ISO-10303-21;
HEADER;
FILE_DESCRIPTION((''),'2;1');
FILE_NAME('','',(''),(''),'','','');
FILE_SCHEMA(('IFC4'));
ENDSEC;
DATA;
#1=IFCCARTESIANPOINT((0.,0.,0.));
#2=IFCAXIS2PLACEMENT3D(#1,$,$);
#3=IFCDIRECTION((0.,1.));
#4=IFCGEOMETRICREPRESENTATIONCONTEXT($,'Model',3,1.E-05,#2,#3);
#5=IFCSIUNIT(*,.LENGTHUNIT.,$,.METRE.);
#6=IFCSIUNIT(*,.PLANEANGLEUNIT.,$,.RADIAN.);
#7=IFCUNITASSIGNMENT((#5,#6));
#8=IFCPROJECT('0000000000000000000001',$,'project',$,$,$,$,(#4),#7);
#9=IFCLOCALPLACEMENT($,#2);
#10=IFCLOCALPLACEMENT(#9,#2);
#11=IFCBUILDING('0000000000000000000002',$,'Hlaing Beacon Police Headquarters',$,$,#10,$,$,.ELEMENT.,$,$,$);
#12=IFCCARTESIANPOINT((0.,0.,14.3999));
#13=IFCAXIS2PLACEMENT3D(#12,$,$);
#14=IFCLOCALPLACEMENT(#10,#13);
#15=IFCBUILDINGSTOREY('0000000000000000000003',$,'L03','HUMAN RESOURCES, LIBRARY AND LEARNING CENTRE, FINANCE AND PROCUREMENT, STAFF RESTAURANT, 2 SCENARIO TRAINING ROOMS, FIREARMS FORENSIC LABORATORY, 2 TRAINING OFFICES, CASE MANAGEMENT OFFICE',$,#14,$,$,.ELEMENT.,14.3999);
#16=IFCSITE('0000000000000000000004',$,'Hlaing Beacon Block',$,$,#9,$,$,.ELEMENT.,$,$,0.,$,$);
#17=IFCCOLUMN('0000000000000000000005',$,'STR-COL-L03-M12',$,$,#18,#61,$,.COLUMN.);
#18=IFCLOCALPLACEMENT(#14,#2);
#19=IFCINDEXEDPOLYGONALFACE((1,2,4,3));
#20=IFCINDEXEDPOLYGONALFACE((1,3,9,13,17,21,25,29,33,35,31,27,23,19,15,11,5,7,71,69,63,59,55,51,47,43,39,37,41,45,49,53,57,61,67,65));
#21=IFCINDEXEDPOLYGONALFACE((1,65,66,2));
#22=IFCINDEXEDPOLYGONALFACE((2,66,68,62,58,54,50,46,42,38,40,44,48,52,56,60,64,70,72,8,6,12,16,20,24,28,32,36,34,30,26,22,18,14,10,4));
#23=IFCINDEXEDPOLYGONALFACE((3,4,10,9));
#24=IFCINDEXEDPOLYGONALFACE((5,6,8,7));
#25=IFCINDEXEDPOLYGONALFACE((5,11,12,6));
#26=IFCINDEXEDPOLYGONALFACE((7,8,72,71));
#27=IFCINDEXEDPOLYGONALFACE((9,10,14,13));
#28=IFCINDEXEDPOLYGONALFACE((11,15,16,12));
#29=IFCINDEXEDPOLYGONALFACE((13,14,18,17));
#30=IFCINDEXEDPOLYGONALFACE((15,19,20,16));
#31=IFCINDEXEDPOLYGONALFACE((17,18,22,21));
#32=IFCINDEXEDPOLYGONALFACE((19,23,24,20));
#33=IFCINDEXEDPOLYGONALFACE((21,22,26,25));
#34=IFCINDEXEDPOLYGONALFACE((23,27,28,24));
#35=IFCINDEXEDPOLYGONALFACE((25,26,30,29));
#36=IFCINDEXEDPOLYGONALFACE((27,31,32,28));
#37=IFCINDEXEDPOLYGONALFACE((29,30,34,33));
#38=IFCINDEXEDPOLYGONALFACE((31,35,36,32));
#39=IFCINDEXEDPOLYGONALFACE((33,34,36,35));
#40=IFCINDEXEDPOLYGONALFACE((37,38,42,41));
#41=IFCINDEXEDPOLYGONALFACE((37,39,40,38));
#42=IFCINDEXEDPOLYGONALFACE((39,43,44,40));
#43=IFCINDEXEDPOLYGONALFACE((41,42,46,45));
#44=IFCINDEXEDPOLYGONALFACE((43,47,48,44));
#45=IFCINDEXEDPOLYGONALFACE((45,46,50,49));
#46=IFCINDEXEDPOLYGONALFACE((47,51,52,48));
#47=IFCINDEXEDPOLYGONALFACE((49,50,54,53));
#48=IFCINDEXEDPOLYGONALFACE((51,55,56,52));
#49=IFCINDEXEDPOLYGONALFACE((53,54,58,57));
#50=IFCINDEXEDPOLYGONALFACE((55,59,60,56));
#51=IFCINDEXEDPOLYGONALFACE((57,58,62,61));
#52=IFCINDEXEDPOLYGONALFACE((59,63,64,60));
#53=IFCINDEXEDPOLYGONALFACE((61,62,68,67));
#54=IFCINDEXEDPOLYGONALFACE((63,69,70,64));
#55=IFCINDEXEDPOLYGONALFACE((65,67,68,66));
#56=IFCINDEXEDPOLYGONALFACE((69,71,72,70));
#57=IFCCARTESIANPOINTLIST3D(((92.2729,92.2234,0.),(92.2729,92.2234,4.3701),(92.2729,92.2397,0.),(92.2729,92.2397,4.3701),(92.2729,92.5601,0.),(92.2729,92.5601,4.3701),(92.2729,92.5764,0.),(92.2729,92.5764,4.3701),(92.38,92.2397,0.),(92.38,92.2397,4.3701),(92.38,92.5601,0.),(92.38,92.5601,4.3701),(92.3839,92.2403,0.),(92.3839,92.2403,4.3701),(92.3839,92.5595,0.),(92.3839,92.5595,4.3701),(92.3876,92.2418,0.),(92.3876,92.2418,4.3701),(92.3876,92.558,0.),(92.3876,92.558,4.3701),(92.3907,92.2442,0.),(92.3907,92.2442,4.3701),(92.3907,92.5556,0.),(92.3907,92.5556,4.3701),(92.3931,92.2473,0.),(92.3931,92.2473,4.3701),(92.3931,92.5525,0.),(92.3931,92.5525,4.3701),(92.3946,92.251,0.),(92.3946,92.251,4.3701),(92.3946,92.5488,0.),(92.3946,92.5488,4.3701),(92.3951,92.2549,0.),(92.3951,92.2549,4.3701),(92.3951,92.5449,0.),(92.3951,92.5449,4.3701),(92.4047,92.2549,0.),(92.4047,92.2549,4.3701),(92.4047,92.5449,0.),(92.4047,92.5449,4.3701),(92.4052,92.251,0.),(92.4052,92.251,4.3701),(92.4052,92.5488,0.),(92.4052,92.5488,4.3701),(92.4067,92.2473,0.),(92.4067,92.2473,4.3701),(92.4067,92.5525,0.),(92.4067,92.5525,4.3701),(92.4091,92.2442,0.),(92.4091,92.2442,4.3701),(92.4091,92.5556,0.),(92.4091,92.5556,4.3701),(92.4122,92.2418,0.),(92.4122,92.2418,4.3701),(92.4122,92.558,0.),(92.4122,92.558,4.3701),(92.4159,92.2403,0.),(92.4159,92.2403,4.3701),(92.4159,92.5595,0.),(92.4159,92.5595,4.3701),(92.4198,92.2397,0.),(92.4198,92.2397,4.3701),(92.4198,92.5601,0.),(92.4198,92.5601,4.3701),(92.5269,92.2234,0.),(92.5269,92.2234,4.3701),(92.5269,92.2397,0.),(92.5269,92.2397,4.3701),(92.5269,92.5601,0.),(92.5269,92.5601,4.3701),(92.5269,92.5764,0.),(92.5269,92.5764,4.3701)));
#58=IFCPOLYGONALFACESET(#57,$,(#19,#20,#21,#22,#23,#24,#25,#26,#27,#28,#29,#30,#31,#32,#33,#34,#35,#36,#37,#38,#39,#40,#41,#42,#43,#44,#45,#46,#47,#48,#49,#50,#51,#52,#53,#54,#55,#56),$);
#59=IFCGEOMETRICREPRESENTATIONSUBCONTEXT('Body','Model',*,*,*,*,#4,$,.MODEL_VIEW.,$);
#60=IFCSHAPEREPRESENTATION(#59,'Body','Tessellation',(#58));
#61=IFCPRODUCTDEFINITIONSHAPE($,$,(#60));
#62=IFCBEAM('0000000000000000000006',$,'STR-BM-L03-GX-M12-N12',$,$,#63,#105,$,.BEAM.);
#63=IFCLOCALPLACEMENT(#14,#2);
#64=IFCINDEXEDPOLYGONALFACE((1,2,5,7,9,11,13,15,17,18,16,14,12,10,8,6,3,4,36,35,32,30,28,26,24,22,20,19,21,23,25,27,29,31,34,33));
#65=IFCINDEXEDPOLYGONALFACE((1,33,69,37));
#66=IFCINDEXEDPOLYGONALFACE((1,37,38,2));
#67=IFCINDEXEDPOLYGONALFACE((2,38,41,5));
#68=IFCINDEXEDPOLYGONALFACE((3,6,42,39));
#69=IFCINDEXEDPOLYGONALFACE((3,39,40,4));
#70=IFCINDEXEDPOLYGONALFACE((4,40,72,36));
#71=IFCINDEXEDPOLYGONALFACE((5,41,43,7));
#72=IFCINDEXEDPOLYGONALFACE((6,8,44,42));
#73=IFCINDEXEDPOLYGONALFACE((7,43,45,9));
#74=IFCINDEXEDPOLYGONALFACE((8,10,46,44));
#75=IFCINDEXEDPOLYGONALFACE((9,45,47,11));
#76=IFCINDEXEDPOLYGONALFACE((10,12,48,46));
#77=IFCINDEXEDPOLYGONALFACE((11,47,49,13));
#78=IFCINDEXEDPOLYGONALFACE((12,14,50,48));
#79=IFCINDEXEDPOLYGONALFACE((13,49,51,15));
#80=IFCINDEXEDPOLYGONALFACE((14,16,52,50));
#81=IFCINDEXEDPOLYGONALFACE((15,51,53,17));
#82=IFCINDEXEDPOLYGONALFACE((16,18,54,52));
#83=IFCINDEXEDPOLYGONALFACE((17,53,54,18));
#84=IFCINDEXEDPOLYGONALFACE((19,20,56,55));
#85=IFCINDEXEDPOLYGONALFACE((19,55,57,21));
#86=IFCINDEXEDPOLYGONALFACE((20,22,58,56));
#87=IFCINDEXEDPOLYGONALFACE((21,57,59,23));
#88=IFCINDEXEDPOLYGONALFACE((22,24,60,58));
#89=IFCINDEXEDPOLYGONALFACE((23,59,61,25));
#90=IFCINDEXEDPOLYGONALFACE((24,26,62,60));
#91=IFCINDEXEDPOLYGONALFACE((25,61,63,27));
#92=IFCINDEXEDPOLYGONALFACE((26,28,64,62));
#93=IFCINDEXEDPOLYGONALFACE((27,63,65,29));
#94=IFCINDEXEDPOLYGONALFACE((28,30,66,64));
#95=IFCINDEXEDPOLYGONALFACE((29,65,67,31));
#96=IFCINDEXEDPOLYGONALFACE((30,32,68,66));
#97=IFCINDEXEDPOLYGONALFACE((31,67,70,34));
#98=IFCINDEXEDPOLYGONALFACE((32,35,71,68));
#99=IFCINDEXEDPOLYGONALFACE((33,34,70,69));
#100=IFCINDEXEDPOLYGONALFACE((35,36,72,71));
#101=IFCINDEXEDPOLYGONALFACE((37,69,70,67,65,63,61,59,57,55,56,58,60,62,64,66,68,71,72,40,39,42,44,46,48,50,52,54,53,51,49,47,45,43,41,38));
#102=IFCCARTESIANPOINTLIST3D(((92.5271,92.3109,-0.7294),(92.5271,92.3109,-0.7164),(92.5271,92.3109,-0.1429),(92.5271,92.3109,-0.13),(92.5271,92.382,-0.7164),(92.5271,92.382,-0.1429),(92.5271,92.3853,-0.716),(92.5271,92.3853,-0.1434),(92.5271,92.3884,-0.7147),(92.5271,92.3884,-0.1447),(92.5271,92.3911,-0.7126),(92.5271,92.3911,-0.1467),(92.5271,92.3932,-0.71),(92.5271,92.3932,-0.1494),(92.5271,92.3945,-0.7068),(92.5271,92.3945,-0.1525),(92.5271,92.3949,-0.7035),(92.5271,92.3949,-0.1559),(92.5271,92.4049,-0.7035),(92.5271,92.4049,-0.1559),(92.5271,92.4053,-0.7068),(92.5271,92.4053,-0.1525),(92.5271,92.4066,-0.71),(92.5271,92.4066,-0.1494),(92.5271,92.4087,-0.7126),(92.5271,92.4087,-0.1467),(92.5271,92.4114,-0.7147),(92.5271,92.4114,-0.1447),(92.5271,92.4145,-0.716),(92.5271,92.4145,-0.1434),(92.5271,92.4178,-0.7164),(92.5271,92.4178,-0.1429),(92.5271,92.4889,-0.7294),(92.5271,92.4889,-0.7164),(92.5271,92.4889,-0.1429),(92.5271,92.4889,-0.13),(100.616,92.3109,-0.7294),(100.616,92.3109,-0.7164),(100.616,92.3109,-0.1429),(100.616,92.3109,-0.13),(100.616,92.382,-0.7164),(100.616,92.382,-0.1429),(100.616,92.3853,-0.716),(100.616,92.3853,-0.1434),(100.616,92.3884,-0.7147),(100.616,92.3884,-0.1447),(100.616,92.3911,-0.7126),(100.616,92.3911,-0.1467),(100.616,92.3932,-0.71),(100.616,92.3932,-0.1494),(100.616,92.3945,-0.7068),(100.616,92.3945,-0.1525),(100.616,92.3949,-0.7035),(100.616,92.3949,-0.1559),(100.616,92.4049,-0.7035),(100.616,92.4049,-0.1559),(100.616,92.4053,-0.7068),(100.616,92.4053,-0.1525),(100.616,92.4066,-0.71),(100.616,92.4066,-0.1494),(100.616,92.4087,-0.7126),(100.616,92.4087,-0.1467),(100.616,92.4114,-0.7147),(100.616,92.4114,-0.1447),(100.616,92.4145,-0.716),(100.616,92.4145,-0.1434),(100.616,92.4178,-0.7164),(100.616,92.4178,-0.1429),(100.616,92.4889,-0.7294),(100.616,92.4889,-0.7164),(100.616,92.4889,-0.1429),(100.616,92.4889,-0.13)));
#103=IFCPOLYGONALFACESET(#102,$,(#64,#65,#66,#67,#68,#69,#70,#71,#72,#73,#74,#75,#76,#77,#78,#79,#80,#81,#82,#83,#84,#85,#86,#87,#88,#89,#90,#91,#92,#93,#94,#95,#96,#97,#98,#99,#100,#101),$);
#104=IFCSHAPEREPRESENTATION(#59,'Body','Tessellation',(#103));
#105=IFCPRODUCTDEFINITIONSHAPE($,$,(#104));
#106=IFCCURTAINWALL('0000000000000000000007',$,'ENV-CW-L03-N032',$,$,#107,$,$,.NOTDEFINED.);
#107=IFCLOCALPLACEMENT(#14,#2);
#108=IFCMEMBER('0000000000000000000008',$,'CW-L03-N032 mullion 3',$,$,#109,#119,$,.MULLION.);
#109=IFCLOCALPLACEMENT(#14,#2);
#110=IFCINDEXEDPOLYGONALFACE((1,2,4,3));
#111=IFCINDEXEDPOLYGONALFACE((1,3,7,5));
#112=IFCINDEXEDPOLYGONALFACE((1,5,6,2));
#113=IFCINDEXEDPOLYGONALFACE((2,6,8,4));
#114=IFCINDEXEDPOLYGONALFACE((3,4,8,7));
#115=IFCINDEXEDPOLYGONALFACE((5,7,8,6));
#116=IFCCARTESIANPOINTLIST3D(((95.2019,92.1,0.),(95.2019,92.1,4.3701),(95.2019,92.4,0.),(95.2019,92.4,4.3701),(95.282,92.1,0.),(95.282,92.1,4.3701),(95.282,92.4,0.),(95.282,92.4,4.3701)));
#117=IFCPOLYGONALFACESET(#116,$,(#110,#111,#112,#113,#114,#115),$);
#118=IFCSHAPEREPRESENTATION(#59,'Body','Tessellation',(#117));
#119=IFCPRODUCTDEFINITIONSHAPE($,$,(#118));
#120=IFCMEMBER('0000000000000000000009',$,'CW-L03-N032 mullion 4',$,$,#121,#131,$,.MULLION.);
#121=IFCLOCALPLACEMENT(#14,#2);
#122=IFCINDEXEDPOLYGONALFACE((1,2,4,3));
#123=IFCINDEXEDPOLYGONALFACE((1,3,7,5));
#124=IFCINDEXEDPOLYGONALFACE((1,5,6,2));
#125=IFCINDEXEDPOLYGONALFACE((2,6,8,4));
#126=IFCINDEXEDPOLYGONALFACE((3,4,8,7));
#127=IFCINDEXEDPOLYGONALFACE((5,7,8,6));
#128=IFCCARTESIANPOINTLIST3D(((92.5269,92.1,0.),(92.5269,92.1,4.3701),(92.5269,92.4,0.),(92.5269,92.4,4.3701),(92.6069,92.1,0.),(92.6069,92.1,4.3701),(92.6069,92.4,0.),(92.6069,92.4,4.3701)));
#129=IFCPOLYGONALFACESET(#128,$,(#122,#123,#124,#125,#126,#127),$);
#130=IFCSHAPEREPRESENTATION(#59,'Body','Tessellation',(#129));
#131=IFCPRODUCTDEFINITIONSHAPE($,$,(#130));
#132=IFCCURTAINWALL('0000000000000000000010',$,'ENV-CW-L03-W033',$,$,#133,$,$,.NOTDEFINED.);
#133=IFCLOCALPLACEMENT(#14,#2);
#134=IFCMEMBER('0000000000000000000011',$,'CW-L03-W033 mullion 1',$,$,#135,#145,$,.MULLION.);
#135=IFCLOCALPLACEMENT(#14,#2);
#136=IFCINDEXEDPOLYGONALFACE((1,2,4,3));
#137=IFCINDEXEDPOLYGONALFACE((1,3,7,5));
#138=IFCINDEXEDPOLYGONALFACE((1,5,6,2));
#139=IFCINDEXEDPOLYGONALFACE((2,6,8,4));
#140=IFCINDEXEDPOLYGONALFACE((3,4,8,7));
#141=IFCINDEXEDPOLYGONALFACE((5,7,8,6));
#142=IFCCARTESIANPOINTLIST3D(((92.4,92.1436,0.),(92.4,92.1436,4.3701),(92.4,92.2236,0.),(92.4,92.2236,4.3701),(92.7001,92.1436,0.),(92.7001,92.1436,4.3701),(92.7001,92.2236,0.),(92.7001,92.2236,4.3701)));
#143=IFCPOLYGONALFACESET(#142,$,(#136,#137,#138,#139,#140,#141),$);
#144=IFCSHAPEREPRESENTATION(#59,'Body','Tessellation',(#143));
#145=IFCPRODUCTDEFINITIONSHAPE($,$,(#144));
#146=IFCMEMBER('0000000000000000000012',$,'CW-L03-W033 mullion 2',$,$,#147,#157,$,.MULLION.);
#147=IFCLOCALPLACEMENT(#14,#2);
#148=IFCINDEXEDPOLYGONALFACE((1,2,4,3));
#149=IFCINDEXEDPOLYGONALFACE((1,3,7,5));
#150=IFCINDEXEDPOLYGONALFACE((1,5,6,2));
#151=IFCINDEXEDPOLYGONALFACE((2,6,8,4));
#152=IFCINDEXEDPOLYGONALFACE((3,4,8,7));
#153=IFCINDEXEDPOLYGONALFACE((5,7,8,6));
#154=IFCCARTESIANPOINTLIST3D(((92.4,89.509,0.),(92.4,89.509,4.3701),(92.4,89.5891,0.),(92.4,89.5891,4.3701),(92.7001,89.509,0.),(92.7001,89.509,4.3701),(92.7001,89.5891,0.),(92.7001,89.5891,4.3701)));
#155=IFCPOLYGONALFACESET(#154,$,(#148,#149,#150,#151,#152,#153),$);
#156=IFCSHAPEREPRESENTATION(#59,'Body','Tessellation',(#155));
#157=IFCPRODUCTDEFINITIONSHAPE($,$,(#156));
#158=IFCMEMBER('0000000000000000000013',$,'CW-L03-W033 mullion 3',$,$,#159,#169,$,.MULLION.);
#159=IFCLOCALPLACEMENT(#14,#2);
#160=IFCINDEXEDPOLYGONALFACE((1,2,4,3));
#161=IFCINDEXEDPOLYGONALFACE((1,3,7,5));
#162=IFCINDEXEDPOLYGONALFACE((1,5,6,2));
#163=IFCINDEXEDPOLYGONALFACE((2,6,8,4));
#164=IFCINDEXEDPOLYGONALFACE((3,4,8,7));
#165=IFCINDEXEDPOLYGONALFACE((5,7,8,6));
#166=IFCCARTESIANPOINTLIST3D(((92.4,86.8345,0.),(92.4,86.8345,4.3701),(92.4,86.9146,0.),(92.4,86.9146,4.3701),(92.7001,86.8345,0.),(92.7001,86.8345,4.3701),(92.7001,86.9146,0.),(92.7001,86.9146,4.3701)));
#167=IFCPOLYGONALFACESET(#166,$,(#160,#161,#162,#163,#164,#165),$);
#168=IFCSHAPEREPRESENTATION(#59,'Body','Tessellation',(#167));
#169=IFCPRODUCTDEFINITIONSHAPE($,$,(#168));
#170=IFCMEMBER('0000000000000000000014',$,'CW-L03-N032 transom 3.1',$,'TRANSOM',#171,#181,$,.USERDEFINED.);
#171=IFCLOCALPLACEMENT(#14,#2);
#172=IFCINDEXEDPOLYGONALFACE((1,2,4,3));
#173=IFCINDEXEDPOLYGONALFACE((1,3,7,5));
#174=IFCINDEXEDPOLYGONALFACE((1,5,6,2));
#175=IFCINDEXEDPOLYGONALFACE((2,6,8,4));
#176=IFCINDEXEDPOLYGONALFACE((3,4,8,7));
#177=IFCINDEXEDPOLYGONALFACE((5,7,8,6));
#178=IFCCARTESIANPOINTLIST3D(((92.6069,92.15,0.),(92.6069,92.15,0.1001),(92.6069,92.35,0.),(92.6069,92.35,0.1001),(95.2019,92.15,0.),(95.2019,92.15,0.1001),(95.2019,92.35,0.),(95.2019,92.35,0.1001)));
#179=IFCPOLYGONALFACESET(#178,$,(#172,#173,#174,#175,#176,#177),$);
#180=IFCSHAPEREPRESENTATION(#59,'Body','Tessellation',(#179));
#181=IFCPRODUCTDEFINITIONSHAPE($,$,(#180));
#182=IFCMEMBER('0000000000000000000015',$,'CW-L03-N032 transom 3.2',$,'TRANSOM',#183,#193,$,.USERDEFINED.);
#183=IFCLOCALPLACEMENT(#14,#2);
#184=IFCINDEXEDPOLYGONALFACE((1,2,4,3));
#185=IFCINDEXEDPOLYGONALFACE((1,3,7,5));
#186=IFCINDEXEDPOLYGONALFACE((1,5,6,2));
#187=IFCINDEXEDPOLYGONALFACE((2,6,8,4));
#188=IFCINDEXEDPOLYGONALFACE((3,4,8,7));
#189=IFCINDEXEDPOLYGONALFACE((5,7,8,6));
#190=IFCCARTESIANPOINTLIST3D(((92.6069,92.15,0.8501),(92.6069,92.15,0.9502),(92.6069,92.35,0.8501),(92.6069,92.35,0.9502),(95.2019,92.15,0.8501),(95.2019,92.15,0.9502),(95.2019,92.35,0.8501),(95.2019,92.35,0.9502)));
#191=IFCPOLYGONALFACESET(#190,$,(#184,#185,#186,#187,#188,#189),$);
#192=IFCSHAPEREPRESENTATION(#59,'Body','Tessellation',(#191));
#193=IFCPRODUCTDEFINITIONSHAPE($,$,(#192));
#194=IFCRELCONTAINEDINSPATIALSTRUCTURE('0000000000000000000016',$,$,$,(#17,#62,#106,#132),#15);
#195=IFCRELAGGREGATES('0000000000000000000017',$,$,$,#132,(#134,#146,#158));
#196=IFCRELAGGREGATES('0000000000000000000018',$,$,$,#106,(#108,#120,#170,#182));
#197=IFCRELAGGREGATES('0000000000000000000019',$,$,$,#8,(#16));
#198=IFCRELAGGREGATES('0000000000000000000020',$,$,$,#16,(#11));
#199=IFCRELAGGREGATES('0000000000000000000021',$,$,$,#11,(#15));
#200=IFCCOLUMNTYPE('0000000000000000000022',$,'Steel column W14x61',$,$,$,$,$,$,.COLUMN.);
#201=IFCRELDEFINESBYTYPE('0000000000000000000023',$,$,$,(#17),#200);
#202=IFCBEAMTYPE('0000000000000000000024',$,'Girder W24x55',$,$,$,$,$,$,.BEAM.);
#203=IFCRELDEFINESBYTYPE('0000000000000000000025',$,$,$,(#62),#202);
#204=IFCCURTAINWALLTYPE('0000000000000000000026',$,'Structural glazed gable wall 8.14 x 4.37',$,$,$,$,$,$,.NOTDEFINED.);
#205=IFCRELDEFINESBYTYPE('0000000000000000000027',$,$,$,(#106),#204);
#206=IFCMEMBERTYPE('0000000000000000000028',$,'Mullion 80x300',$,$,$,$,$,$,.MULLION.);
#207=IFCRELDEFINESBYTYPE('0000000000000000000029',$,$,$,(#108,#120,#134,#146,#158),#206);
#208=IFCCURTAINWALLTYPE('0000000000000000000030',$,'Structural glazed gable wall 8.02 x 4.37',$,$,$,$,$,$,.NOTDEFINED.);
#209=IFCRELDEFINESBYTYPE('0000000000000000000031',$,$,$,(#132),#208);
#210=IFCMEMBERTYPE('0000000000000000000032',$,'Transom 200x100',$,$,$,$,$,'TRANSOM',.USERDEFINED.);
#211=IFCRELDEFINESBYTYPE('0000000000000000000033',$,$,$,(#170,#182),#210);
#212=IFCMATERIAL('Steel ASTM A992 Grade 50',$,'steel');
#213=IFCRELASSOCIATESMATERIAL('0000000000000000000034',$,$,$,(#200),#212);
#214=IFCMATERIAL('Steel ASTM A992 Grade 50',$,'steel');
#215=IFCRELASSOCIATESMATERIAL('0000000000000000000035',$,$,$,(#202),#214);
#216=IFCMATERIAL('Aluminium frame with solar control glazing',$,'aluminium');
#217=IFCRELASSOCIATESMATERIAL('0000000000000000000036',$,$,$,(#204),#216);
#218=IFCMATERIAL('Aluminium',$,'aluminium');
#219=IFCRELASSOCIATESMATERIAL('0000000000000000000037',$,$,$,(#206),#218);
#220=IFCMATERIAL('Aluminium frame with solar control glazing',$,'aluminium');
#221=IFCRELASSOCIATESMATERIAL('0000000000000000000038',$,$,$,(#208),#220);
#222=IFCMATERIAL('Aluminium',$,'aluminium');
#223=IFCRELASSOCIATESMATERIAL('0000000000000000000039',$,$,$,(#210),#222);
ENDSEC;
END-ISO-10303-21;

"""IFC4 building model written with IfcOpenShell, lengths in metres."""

from ifc_helpers import new_model, si_unit, direction, frame, origin, origin_2d, place, context, subcontext, project, spatial, rectangle, i_section, extrude, material, material_profile, profile_set, type_object, element, aggregate, save


model = new_model("IFC4")

# Units and contexts
model_context = context("Model", 3, precision=1e-05, world=origin(), true_north=direction((0.0, 1.0)))
body_context = subcontext(model_context, "Body", "Model", "MODEL_VIEW")
ifc_project = project(units=[si_unit("LENGTHUNIT", "METRE"), si_unit("PLANEANGLEUNIT", "RADIAN")], contexts=[model_context])

# Site, building, storey
site_placement = place(None, origin())
site = spatial("IfcSite", under=ifc_project, at=site_placement, Name="Hlaing Beacon Block", CompositionType="ELEMENT", RefElevation=0.0)
building_placement = place(site_placement, origin())
building = spatial("IfcBuilding", under=site, at=building_placement, Name="Hlaing Beacon Police Headquarters", CompositionType="ELEMENT")
storey_placement = place(building_placement, frame((0.0, 0.0, 14.3999)))
storey = spatial("IfcBuildingStorey", under=building, at=storey_placement, Name="L03", Description="HUMAN RESOURCES, LIBRARY AND LEARNING CENTRE, FINANCE AND PROCUREMENT, STAFF RESTAURANT, 2 SCENARIO TRAINING ROOMS, FIREARMS FORENSIC LABORATORY, 2 TRAINING OFFICES, CASE MANAGEMENT OFFICE", CompositionType="ELEMENT", Elevation=14.3999)

# Column
ifc_material_1 = material(Name="Steel ASTM A992 Grade 50", Category="steel")
ifc_material_profile_1 = material_profile(ifc_material_1, i_section(OverallWidth=0.2539, OverallDepth=0.353, WebThickness=0.0095, FlangeThickness=0.0164, FilletRadius=0.0151, at=origin_2d()), Name="W14x61")
ifc_profile_set_1 = profile_set([ifc_material_profile_1], Name="Steel ASTM A992 Grade 50")
column_type = type_object("IfcColumnType", Name="Steel column W14x61", PredefinedType="COLUMN", material=ifc_profile_set_1)
column_placement = place(storey_placement, frame((92.3999, 92.3999, 0.0), z_axis=(0.0, 0.0, 1.0), x_axis=(1.0, 0.0, 0.0)))
element("IfcColumn", 1, at=column_placement, inside=storey, type_object=column_type, Name="STR-COL-L03-M12", PredefinedType="COLUMN", context=body_context, shape_type="SweptSolid", body=[
    extrude(i_section(OverallWidth=0.2539, OverallDepth=0.353, WebThickness=0.0095, FlangeThickness=0.0164, FilletRadius=0.0151, at=origin_2d()), origin(), (0.0, 0.0, 1.0), 4.3701),
])

# Beam
ifc_material_2 = material(Name="Steel ASTM A992 Grade 50", Category="steel")
ifc_material_profile_2 = material_profile(ifc_material_2, i_section(OverallWidth=0.178, OverallDepth=0.5994, WebThickness=0.01, FlangeThickness=0.0129, FilletRadius=0.0129, at=origin_2d()), Name="W24x55")
ifc_profile_set_2 = profile_set([ifc_material_profile_2], Name="Steel ASTM A992 Grade 50")
beam_type = type_object("IfcBeamType", Name="Girder W24x55", PredefinedType="BEAM", material=ifc_profile_set_2)
beam_placement = place(storey_placement, frame((92.5271, 92.3999, -0.4297), z_axis=(1.0, 0.0, 0.0), x_axis=(0.0, 1.0, 0.0)))
element("IfcBeam", 2, at=beam_placement, inside=storey, type_object=beam_type, Name="STR-BM-L03-GX-M12-N12", PredefinedType="BEAM", context=body_context, shape_type="SweptSolid", body=[
    extrude(i_section(OverallWidth=0.178, OverallDepth=0.5994, WebThickness=0.01, FlangeThickness=0.0129, FilletRadius=0.0129, at=origin_2d()), origin(), (0.0, 0.0, 1.0), 8.0889),
])

# Curtain walls, members
ifc_material_3 = material(Name="Aluminium frame with solar control glazing", Category="aluminium")
curtain_wall_type_1 = type_object("IfcCurtainWallType", Name="Structural glazed gable wall 8.14 x 4.37", PredefinedType="NOTDEFINED", material=ifc_material_3)
curtain_wall_1_placement = place(storey_placement, origin())
curtain_wall_1 = element("IfcCurtainWall", 3, at=curtain_wall_1_placement, inside=storey, type_object=curtain_wall_type_1, Name="ENV-CW-L03-N032", PredefinedType="NOTDEFINED")
ifc_material_4 = material(Name="Aluminium", Category="aluminium")
ifc_material_profile_3 = material_profile(ifc_material_4, rectangle(XDim=0.3, YDim=0.0801, at=origin_2d()), Name="Mullion 80x300")
ifc_profile_set_3 = profile_set([ifc_material_profile_3], Name="Aluminium")
member_type_1 = type_object("IfcMemberType", Name="Mullion 80x300", PredefinedType="MULLION", material=ifc_profile_set_3)
member_1_placement = place(storey_placement, frame((95.2419, 92.25, 0.0), z_axis=(0.0, 0.0, 1.0), x_axis=(0.0, -1.0, 0.0)))
member_1 = element("IfcMember", 4, at=member_1_placement, type_object=member_type_1, Name="CW-L03-N032 mullion 3", PredefinedType="MULLION", context=body_context, shape_type="SweptSolid", body=[
    extrude(rectangle(XDim=0.3, YDim=0.0801, at=origin_2d()), origin(), (0.0, 0.0, 1.0), 4.3701),
])
member_2_placement = place(storey_placement, frame((92.5669, 92.25, 0.0), z_axis=(0.0, 0.0, 1.0), x_axis=(0.0, -1.0, 0.0)))
member_2 = element("IfcMember", 5, at=member_2_placement, type_object=member_type_1, Name="CW-L03-N032 mullion 4", PredefinedType="MULLION", context=body_context, shape_type="SweptSolid", body=[
    extrude(rectangle(XDim=0.3, YDim=0.0801, at=origin_2d()), origin(), (0.0, 0.0, 1.0), 4.3701),
])
ifc_material_5 = material(Name="Aluminium frame with solar control glazing", Category="aluminium")
curtain_wall_type_2 = type_object("IfcCurtainWallType", Name="Structural glazed gable wall 8.02 x 4.37", PredefinedType="NOTDEFINED", material=ifc_material_5)
curtain_wall_2_placement = place(storey_placement, origin())
curtain_wall_2 = element("IfcCurtainWall", 6, at=curtain_wall_2_placement, inside=storey, type_object=curtain_wall_type_2, Name="ENV-CW-L03-W033", PredefinedType="NOTDEFINED")
member_3_placement = place(storey_placement, frame((92.55, 92.1836, 0.0), z_axis=(0.0, 0.0, 1.0), x_axis=(1.0, 0.0, 0.0)))
member_3 = element("IfcMember", 7, at=member_3_placement, type_object=member_type_1, Name="CW-L03-W033 mullion 1", PredefinedType="MULLION", context=body_context, shape_type="SweptSolid", body=[
    extrude(rectangle(XDim=0.3, YDim=0.0801, at=origin_2d()), origin(), (0.0, 0.0, 1.0), 4.3701),
])
member_4_placement = place(storey_placement, frame((92.55, 89.5491, 0.0), z_axis=(0.0, 0.0, 1.0), x_axis=(1.0, 0.0, 0.0)))
member_4 = element("IfcMember", 8, at=member_4_placement, type_object=member_type_1, Name="CW-L03-W033 mullion 2", PredefinedType="MULLION", context=body_context, shape_type="SweptSolid", body=[
    extrude(rectangle(XDim=0.3, YDim=0.0801, at=origin_2d()), origin(), (0.0, 0.0, 1.0), 4.3701),
])
member_5_placement = place(storey_placement, frame((92.55, 86.8745, 0.0), z_axis=(0.0, 0.0, 1.0), x_axis=(1.0, 0.0, 0.0)))
member_5 = element("IfcMember", 9, at=member_5_placement, type_object=member_type_1, Name="CW-L03-W033 mullion 3", PredefinedType="MULLION", context=body_context, shape_type="SweptSolid", body=[
    extrude(rectangle(XDim=0.3, YDim=0.0801, at=origin_2d()), origin(), (0.0, 0.0, 1.0), 4.3701),
])

# Members
ifc_material_6 = material(Name="Aluminium", Category="aluminium")
ifc_material_profile_4 = material_profile(ifc_material_6, rectangle(XDim=0.2, YDim=0.1001, at=origin_2d()), Name="Transom 200x100")
ifc_profile_set_4 = profile_set([ifc_material_profile_4], Name="Aluminium")
member_type_2 = type_object("IfcMemberType", Name="Transom 200x100", ElementType="TRANSOM", PredefinedType="USERDEFINED", material=ifc_profile_set_4)
member_6_placement = place(storey_placement, frame((95.2019, 92.25, 0.05), z_axis=(-1.0, 0.0, 0.0), x_axis=(0.0, -1.0, 0.0)))
member_6 = element("IfcMember", 10, at=member_6_placement, type_object=member_type_2, Name="CW-L03-N032 transom 3.1", ObjectType="TRANSOM", PredefinedType="USERDEFINED", context=body_context, shape_type="SweptSolid", body=[
    extrude(rectangle(XDim=0.2, YDim=0.1001, at=origin_2d()), origin(), (0.0, 0.0, 1.0), 2.595),
])
member_7_placement = place(storey_placement, frame((95.2019, 92.25, 0.9001), z_axis=(-1.0, 0.0, 0.0), x_axis=(0.0, -1.0, 0.0)))
member_7 = element("IfcMember", 11, at=member_7_placement, type_object=member_type_2, Name="CW-L03-N032 transom 3.2", ObjectType="TRANSOM", PredefinedType="USERDEFINED", context=body_context, shape_type="SweptSolid", body=[
    extrude(rectangle(XDim=0.2, YDim=0.1001, at=origin_2d()), origin(), (0.0, 0.0, 1.0), 2.595),
])

aggregate(curtain_wall_2, [member_3, member_4, member_5])
aggregate(curtain_wall_1, [member_1, member_2, member_6, member_7])

save(model, "model.ifc")
